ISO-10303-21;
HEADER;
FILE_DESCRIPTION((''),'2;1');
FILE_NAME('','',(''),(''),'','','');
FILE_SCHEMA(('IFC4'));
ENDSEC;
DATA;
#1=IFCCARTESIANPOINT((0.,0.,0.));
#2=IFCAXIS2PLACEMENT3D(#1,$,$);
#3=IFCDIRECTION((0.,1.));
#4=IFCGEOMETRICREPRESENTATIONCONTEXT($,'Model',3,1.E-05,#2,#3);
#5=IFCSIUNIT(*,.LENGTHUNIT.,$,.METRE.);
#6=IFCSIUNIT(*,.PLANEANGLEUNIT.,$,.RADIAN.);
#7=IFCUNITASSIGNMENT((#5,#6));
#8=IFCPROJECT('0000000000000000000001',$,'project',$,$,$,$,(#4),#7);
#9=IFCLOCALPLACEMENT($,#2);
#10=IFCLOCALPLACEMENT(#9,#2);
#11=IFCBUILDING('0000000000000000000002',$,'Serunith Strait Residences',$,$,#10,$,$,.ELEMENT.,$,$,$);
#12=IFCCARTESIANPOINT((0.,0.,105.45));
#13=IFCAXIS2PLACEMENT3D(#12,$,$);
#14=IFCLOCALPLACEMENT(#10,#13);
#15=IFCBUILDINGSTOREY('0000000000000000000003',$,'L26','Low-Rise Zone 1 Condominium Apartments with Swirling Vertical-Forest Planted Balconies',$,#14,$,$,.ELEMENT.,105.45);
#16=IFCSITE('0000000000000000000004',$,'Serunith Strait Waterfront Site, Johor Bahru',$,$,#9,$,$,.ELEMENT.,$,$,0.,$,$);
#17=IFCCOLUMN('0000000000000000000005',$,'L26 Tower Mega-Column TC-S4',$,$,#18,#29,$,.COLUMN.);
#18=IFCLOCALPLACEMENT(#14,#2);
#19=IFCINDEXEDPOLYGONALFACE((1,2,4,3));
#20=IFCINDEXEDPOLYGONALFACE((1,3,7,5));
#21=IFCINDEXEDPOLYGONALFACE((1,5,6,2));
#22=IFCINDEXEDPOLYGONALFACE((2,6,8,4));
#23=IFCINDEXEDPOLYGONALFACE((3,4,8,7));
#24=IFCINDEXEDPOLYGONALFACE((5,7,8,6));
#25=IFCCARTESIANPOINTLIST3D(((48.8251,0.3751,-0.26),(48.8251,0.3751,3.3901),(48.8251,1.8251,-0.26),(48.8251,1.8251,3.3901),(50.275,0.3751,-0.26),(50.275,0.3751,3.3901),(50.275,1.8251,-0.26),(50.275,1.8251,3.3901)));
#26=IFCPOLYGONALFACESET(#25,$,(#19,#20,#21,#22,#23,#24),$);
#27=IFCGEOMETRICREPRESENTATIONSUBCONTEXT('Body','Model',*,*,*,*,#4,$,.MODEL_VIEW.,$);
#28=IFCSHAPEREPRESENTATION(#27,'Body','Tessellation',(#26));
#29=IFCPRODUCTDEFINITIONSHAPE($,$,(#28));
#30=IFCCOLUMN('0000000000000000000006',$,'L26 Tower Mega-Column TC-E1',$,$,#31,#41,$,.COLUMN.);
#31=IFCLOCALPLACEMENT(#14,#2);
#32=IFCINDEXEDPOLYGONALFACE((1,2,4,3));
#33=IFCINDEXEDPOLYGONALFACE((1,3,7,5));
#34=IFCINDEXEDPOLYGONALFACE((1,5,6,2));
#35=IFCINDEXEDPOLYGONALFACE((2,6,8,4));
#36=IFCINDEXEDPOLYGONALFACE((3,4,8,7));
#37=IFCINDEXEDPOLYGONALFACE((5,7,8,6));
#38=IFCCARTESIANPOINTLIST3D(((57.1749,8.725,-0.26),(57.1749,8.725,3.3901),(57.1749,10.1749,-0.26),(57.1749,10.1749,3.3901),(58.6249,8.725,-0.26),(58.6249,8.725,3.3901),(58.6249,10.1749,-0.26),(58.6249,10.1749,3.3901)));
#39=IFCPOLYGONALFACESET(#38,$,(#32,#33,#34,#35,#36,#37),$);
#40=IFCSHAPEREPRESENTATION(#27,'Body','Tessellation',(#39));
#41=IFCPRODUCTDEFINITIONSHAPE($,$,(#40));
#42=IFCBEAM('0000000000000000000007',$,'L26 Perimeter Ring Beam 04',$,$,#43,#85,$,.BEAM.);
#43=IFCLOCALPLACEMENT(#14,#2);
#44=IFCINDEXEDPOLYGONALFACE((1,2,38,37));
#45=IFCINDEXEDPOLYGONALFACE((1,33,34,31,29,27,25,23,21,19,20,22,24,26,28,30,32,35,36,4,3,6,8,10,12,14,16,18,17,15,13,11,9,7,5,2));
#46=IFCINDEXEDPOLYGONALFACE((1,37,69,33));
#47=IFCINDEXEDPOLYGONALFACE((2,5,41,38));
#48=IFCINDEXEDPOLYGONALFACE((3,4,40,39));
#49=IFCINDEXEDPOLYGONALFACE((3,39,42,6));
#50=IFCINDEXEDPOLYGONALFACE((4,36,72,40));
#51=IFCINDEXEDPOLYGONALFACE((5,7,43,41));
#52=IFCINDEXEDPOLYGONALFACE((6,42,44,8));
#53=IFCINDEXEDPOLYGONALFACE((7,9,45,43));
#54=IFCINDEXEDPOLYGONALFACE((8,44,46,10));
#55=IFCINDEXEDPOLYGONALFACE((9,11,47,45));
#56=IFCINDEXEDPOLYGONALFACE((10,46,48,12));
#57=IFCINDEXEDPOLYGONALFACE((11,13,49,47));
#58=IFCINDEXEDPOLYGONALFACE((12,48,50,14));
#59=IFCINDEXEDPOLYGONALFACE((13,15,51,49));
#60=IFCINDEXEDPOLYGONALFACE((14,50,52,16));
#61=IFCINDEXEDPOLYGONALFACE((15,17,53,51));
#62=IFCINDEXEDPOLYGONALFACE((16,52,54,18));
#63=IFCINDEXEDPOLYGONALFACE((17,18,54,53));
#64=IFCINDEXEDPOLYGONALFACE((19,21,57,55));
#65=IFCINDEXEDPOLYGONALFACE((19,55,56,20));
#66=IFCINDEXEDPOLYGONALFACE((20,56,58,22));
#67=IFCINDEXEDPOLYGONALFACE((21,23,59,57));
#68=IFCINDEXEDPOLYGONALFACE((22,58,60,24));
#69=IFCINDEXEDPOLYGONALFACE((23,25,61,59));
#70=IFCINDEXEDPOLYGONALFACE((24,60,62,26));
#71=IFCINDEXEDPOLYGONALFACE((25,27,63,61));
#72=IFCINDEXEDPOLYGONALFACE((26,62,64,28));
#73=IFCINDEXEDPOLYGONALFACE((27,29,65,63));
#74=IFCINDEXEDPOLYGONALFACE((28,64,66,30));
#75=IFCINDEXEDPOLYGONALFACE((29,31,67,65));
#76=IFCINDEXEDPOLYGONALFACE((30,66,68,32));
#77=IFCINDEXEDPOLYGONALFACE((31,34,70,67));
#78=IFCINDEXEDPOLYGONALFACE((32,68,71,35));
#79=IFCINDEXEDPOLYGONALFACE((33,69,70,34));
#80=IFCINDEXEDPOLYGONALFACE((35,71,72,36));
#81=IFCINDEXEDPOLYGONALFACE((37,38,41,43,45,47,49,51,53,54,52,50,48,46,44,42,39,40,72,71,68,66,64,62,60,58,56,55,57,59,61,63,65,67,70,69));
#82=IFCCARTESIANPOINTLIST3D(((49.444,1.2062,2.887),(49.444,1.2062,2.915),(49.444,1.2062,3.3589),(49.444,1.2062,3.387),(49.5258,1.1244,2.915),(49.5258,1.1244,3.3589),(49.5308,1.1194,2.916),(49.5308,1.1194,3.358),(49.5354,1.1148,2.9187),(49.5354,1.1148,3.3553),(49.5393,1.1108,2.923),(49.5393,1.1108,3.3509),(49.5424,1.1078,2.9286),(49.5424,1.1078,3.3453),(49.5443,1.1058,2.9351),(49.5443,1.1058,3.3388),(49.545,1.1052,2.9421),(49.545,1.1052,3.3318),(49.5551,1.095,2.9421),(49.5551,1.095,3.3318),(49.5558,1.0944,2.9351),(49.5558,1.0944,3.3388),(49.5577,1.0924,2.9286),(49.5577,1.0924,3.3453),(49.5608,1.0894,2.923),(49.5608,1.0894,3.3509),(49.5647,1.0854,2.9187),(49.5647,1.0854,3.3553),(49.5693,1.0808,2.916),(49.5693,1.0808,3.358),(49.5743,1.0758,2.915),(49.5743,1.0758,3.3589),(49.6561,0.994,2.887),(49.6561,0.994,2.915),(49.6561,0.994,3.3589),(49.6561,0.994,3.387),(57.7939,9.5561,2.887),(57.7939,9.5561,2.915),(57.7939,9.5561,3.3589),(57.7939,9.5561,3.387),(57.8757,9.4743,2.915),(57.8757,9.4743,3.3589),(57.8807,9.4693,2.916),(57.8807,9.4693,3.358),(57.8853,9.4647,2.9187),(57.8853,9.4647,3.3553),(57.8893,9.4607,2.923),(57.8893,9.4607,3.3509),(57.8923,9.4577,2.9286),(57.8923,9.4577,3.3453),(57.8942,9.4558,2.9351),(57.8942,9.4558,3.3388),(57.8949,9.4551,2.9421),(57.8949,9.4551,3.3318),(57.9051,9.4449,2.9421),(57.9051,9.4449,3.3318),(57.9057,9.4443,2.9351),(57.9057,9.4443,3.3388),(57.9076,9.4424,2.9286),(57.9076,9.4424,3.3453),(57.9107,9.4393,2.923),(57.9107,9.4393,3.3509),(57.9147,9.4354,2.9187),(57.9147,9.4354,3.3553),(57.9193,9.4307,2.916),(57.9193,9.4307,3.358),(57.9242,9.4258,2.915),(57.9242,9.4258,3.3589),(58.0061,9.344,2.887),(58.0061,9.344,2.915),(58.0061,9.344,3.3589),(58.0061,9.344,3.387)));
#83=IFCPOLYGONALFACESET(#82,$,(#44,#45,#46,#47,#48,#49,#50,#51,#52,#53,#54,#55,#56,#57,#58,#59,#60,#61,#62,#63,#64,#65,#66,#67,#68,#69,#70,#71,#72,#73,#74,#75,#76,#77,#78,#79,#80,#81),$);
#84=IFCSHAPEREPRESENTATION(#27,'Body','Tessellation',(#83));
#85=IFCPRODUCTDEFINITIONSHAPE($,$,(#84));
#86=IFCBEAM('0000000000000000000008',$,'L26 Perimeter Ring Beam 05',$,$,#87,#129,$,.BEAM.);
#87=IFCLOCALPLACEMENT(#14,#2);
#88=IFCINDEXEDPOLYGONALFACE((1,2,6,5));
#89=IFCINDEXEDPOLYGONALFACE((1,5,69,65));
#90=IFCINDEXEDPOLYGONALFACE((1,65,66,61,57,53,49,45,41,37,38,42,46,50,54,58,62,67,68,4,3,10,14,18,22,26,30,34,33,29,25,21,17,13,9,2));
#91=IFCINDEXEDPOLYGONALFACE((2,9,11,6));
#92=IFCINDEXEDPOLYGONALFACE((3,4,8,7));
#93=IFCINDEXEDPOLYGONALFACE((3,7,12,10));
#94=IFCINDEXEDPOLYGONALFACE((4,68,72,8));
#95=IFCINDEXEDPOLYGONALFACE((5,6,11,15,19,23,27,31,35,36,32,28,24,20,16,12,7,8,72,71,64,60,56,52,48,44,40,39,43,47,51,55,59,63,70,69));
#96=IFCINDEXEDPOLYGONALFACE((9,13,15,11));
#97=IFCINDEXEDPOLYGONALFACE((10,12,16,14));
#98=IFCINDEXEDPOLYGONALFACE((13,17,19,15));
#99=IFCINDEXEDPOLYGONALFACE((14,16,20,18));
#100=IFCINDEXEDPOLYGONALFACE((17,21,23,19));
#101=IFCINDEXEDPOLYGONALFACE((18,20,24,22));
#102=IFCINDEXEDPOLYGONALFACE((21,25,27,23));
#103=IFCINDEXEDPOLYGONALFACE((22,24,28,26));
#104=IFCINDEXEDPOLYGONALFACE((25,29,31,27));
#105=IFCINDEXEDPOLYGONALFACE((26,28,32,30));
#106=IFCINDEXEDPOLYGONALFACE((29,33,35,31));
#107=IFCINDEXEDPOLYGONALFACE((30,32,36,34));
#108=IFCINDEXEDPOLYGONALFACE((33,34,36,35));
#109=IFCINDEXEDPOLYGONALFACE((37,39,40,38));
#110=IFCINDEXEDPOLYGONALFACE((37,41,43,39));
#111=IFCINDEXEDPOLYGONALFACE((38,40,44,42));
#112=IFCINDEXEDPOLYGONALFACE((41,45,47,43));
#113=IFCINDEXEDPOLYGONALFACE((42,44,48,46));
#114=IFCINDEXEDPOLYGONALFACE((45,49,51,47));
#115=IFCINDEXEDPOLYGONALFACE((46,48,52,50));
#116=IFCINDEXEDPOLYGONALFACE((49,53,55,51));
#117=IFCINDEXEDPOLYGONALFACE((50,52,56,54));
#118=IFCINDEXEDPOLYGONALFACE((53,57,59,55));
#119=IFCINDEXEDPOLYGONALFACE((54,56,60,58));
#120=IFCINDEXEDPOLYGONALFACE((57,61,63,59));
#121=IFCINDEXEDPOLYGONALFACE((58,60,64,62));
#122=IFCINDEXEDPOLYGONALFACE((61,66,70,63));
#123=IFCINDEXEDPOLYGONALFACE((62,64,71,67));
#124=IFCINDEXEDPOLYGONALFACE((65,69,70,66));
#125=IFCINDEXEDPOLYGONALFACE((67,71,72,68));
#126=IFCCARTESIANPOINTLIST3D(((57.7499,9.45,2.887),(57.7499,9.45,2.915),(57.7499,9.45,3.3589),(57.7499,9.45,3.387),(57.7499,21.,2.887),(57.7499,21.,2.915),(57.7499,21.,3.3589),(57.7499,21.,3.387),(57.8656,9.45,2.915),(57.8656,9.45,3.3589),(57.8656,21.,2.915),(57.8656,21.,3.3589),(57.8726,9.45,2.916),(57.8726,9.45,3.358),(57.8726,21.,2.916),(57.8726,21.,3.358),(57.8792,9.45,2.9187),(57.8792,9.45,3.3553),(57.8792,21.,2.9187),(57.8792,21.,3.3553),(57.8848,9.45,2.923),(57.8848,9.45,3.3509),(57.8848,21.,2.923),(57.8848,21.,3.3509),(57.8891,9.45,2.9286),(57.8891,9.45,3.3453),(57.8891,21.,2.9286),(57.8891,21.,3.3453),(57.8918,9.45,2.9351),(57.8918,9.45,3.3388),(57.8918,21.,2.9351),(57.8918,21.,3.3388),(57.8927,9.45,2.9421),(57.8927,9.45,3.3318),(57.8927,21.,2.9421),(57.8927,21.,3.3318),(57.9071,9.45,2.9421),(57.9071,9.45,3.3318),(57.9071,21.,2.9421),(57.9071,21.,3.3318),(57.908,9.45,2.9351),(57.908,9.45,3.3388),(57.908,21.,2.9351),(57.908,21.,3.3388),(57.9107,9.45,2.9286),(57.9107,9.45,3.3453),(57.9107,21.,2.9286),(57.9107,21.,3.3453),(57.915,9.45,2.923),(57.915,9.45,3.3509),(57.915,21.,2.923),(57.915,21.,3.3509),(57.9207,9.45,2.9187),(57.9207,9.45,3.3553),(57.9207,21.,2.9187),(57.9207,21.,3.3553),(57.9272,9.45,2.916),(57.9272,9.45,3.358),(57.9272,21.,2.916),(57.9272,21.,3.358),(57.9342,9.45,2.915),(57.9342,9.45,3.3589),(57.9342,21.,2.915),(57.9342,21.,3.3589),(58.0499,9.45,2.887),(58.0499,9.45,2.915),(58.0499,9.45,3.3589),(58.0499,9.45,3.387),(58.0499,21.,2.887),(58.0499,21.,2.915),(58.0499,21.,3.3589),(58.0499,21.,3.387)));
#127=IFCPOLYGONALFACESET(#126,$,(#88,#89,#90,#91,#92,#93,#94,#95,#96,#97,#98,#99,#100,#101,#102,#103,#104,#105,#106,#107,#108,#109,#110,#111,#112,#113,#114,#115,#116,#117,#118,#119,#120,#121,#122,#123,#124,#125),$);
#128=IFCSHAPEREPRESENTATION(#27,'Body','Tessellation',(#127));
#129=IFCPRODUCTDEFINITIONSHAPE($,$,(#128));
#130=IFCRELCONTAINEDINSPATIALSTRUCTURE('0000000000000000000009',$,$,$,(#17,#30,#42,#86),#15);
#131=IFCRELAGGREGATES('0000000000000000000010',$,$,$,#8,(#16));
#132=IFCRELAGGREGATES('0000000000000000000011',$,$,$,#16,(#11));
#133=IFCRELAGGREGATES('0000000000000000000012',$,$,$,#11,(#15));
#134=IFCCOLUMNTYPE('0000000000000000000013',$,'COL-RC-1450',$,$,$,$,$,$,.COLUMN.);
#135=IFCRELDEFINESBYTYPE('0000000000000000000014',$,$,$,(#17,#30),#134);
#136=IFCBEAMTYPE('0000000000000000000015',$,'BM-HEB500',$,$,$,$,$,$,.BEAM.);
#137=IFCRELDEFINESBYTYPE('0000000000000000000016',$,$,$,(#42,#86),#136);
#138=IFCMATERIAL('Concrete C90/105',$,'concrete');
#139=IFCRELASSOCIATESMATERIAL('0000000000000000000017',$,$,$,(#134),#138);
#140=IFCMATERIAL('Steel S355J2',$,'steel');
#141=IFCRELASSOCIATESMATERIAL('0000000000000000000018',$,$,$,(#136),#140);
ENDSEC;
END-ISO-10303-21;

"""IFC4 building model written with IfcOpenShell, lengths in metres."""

from ifc_helpers import new_model, si_unit, direction, frame, origin, origin_2d, place, context, subcontext, project, spatial, rectangle, i_section, extrude, source, transform, mapped, material, material_profile, profile_set, type_object, element, save


model = new_model("IFC4")

# Units and contexts
model_context = context("Model", 3, precision=1e-05, world=origin(), true_north=direction((0.0, 1.0)))
body_context = subcontext(model_context, "Body", "Model", "MODEL_VIEW")
ifc_project = project(units=[si_unit("LENGTHUNIT", "METRE"), si_unit("PLANEANGLEUNIT", "RADIAN")], contexts=[model_context])

# Site, building, storey
site_placement = place(None, origin())
site = spatial("IfcSite", under=ifc_project, at=site_placement, Name="Serunith Strait Waterfront Site, Johor Bahru", CompositionType="ELEMENT", RefElevation=0.0)
building_placement = place(site_placement, origin())
building = spatial("IfcBuilding", under=site, at=building_placement, Name="Serunith Strait Residences", CompositionType="ELEMENT")
storey_placement = place(building_placement, frame((0.0, 0.0, 105.45)))
storey = spatial("IfcBuildingStorey", under=building, at=storey_placement, Name="L26", Description="Low-Rise Zone 1 Condominium Apartments with Swirling Vertical-Forest Planted Balconies", CompositionType="ELEMENT", Elevation=105.45)

# Columns
ifc_material_1 = material(Name="Concrete C90/105", Category="concrete")
ifc_material_profile_1 = material_profile(ifc_material_1, rectangle(XDim=1.45, YDim=1.45, at=origin_2d()), Name="RC 1450x1450")
ifc_profile_set_1 = profile_set([ifc_material_profile_1], Name="Concrete C90/105")
column_type = type_object("IfcColumnType", Name="COL-RC-1450", PredefinedType="COLUMN", material=ifc_profile_set_1)
shared_shape_1 = source(origin(), body_context, "Body", "SweptSolid", [
    extrude(rectangle(XDim=1.45, YDim=1.45, at=origin_2d()), origin(), (0.0, 0.0, 1.0), 3.6501),
])
for number, where, z_axis, x_axis, name in (
    (1, (49.55, 1.1001, -0.26), (0.0, 0.0, 1.0), (1.0, 0.0, 0.0), "L26 Tower Mega-Column TC-S4"),
    (2, (57.8999, 9.45, -0.26), (0.0, 0.0, 1.0), (1.0, 0.0, 0.0), "L26 Tower Mega-Column TC-E1"),
):
    element("IfcColumn", number, at=place(storey_placement, frame(where, z_axis=z_axis, x_axis=x_axis)), inside=storey, type_object=column_type, Name=name, PredefinedType="COLUMN", context=body_context, shape_type="MappedRepresentation", body=[
        mapped(shared_shape_1, transform((0.0, 0.0, 0.0), scale=1.0)),
    ])

# Beams
ifc_material_2 = material(Name="Steel S355J2", Category="steel")
ifc_material_profile_2 = material_profile(ifc_material_2, i_section(OverallWidth=0.3, OverallDepth=0.5, WebThickness=0.0144, FlangeThickness=0.0281, FilletRadius=0.0271, at=origin_2d()), Name="HEB 500")
ifc_profile_set_2 = profile_set([ifc_material_profile_2], Name="Steel S355J2")
beam_type = type_object("IfcBeamType", Name="BM-HEB500", PredefinedType="BEAM", material=ifc_profile_set_2)
shared_shape_2 = source(origin(), body_context, "Body", "SweptSolid", [
    extrude(i_section(OverallWidth=0.3, OverallDepth=0.5, WebThickness=0.0144, FlangeThickness=0.0281, FilletRadius=0.0271, at=origin_2d()), origin(), (0.0, 0.0, 1.0), 11.8086),
])
beam_1_placement = place(storey_placement, frame((49.55, 1.1001, 3.137), z_axis=(0.707107, 0.707107, 0.0), x_axis=(-0.707107, 0.707107, 0.0)))
element("IfcBeam", 3, at=beam_1_placement, inside=storey, type_object=beam_type, Name="L26 Perimeter Ring Beam 04", PredefinedType="BEAM", context=body_context, shape_type="MappedRepresentation", body=[
    mapped(shared_shape_2, transform((0.0, 0.0, 0.0), scale=1.0)),
])
shared_shape_3 = source(origin(), body_context, "Body", "SweptSolid", [
    extrude(i_section(OverallWidth=0.3, OverallDepth=0.5, WebThickness=0.0144, FlangeThickness=0.0281, FilletRadius=0.0271, at=origin_2d()), origin(), (0.0, 0.0, 1.0), 11.55),
])
beam_2_placement = place(storey_placement, frame((57.8999, 9.45, 3.137), z_axis=(0.0, 1.0, 0.0), x_axis=(-1.0, 0.0, 0.0)))
element("IfcBeam", 4, at=beam_2_placement, inside=storey, type_object=beam_type, Name="L26 Perimeter Ring Beam 05", PredefinedType="BEAM", context=body_context, shape_type="MappedRepresentation", body=[
    mapped(shared_shape_3, transform((0.0, 0.0, 0.0), scale=1.0)),
])

save(model, "model.ifc")
